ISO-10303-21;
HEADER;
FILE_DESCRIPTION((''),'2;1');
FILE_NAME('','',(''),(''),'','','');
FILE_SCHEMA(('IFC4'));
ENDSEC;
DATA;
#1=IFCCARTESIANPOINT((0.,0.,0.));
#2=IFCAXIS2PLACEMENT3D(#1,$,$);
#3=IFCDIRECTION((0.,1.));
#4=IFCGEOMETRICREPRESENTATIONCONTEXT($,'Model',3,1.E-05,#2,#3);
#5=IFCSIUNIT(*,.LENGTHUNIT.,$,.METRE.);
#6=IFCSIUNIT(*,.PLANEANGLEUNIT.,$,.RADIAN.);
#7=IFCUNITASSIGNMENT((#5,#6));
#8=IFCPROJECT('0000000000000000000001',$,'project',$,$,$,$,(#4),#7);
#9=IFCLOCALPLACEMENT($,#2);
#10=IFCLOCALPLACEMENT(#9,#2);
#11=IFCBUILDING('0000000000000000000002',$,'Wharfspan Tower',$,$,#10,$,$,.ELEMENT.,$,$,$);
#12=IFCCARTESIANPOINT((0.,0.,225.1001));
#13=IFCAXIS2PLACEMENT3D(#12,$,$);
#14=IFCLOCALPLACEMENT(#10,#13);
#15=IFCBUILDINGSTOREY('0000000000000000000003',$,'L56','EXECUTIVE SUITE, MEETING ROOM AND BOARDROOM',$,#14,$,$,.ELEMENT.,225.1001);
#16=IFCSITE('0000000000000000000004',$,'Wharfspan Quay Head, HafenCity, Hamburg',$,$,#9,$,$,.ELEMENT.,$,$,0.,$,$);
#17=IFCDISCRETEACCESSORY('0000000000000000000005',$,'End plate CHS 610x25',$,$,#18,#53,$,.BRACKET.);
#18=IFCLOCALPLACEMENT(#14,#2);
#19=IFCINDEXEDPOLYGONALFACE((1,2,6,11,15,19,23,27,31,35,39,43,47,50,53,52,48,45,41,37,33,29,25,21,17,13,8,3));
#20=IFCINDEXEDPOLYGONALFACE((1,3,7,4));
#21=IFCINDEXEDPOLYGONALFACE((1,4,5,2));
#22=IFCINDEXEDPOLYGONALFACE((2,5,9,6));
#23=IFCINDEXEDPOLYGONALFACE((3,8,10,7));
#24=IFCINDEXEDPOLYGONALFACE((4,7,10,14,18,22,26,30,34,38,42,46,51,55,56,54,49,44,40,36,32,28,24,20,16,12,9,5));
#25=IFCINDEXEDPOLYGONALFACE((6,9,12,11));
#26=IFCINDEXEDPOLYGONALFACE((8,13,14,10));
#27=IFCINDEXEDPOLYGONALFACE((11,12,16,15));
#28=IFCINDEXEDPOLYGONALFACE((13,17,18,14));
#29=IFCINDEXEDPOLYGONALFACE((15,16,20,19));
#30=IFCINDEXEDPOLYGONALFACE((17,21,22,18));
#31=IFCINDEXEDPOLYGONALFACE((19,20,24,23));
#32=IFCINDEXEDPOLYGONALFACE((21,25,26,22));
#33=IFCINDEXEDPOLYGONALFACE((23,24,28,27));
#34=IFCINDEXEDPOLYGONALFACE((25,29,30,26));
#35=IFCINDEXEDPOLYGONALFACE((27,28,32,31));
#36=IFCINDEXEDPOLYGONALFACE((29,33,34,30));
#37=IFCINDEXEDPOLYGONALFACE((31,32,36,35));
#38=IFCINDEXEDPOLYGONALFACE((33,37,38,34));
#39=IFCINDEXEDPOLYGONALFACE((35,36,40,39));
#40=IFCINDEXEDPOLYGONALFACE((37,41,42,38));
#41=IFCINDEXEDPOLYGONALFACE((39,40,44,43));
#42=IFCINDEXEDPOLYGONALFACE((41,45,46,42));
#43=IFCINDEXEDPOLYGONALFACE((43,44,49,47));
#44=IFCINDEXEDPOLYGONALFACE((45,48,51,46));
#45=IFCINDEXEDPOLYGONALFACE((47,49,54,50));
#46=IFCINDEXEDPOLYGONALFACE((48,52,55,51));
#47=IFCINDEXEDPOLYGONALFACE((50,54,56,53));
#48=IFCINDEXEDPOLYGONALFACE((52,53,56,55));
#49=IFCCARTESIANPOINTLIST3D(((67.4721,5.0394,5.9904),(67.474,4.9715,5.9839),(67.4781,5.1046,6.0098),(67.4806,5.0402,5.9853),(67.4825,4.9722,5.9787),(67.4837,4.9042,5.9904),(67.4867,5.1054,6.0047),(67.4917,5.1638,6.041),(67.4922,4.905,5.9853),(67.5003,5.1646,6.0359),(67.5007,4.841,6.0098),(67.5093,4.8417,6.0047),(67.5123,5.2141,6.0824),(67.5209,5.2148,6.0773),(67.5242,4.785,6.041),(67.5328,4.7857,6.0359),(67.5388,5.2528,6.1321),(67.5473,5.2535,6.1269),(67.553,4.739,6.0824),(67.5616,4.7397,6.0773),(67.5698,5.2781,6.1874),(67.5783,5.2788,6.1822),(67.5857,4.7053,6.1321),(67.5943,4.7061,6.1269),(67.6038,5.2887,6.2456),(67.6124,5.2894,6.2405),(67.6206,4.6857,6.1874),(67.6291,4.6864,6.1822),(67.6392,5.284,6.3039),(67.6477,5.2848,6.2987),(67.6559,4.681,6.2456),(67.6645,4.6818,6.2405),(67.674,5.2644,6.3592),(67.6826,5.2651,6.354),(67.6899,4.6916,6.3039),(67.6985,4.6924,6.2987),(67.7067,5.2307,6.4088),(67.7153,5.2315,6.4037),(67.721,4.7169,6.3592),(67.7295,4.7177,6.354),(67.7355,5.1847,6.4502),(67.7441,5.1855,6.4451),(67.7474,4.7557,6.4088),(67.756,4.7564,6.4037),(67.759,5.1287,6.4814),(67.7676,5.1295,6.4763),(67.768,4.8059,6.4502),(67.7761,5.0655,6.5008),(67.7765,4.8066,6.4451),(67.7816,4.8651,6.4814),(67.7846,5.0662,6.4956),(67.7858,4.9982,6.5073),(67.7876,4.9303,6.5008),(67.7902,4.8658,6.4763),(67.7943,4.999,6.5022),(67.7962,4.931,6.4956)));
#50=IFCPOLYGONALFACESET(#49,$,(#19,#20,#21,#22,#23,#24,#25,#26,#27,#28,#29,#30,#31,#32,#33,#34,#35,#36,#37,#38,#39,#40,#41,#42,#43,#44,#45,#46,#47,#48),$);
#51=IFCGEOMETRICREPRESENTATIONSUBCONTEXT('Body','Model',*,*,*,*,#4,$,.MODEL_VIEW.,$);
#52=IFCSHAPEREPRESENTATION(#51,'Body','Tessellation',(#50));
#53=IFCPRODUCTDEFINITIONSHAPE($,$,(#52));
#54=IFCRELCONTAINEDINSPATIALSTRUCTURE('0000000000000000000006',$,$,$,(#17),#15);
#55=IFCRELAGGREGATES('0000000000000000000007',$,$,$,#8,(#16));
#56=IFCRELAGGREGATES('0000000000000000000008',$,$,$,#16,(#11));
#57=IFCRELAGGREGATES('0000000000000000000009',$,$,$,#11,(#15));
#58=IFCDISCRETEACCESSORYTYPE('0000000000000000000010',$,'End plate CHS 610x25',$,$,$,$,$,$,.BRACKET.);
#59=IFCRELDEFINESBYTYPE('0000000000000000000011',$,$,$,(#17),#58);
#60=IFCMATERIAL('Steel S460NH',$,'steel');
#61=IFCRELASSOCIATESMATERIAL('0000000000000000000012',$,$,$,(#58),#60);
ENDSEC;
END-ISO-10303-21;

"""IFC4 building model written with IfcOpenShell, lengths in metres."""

from ifc_helpers import new_model, si_unit, direction, frame, origin, origin_2d, place, context, subcontext, project, spatial, circle, extrude, material, material_profile, profile_set, type_object, element, save


model = new_model("IFC4")

# Units and contexts
model_context = context("Model", 3, precision=1e-05, world=origin(), true_north=direction((0.0, 1.0)))
body_context = subcontext(model_context, "Body", "Model", "MODEL_VIEW")
ifc_project = project(units=[si_unit("LENGTHUNIT", "METRE"), si_unit("PLANEANGLEUNIT", "RADIAN")], contexts=[model_context])

# Site, building, storey
site_placement = place(None, origin())
site = spatial("IfcSite", under=ifc_project, at=site_placement, Name="Wharfspan Quay Head, HafenCity, Hamburg", CompositionType="ELEMENT", RefElevation=0.0)
building_placement = place(site_placement, origin())
building = spatial("IfcBuilding", under=site, at=building_placement, Name="Wharfspan Tower", CompositionType="ELEMENT")
storey_placement = place(building_placement, frame((0.0, 0.0, 225.1001)))
storey = spatial("IfcBuildingStorey", under=building, at=storey_placement, Name="L56", Description="EXECUTIVE SUITE, MEETING ROOM AND BOARDROOM", CompositionType="ELEMENT", Elevation=225.1001)

# Shared definitions
ifc_material_1 = material(Name="Steel S460NH", Category="steel")

# Discrete accessory
ifc_material_profile_1 = material_profile(ifc_material_1, circle(Radius=0.3049, at=origin_2d()))
ifc_profile_set_1 = profile_set([ifc_material_profile_1], Name="Steel S460NH")
discrete_accessory_type = type_object("IfcDiscreteAccessoryType", Name="End plate CHS 610x25", PredefinedType="BRACKET", material=ifc_profile_set_1)
for number, where, z_axis, x_axis, name in (
    (1, (67.6384, 4.9856, 6.2405), (-0.855186, -0.073302, 0.513112), (0.085402, -0.996345, 0.000001), "End plate CHS 610x25"),
):
    element("IfcDiscreteAccessory", number, at=place(storey_placement, frame(where, z_axis=z_axis, x_axis=x_axis)), inside=storey, type_object=discrete_accessory_type, Name=name, PredefinedType="BRACKET", context=body_context, shape_type="SweptSolid", body=[
        extrude(circle(Radius=0.3049, at=origin_2d()), origin(), (0.0, 0.0, 1.0), 0.01),
    ])

save(model, "model.ifc")
